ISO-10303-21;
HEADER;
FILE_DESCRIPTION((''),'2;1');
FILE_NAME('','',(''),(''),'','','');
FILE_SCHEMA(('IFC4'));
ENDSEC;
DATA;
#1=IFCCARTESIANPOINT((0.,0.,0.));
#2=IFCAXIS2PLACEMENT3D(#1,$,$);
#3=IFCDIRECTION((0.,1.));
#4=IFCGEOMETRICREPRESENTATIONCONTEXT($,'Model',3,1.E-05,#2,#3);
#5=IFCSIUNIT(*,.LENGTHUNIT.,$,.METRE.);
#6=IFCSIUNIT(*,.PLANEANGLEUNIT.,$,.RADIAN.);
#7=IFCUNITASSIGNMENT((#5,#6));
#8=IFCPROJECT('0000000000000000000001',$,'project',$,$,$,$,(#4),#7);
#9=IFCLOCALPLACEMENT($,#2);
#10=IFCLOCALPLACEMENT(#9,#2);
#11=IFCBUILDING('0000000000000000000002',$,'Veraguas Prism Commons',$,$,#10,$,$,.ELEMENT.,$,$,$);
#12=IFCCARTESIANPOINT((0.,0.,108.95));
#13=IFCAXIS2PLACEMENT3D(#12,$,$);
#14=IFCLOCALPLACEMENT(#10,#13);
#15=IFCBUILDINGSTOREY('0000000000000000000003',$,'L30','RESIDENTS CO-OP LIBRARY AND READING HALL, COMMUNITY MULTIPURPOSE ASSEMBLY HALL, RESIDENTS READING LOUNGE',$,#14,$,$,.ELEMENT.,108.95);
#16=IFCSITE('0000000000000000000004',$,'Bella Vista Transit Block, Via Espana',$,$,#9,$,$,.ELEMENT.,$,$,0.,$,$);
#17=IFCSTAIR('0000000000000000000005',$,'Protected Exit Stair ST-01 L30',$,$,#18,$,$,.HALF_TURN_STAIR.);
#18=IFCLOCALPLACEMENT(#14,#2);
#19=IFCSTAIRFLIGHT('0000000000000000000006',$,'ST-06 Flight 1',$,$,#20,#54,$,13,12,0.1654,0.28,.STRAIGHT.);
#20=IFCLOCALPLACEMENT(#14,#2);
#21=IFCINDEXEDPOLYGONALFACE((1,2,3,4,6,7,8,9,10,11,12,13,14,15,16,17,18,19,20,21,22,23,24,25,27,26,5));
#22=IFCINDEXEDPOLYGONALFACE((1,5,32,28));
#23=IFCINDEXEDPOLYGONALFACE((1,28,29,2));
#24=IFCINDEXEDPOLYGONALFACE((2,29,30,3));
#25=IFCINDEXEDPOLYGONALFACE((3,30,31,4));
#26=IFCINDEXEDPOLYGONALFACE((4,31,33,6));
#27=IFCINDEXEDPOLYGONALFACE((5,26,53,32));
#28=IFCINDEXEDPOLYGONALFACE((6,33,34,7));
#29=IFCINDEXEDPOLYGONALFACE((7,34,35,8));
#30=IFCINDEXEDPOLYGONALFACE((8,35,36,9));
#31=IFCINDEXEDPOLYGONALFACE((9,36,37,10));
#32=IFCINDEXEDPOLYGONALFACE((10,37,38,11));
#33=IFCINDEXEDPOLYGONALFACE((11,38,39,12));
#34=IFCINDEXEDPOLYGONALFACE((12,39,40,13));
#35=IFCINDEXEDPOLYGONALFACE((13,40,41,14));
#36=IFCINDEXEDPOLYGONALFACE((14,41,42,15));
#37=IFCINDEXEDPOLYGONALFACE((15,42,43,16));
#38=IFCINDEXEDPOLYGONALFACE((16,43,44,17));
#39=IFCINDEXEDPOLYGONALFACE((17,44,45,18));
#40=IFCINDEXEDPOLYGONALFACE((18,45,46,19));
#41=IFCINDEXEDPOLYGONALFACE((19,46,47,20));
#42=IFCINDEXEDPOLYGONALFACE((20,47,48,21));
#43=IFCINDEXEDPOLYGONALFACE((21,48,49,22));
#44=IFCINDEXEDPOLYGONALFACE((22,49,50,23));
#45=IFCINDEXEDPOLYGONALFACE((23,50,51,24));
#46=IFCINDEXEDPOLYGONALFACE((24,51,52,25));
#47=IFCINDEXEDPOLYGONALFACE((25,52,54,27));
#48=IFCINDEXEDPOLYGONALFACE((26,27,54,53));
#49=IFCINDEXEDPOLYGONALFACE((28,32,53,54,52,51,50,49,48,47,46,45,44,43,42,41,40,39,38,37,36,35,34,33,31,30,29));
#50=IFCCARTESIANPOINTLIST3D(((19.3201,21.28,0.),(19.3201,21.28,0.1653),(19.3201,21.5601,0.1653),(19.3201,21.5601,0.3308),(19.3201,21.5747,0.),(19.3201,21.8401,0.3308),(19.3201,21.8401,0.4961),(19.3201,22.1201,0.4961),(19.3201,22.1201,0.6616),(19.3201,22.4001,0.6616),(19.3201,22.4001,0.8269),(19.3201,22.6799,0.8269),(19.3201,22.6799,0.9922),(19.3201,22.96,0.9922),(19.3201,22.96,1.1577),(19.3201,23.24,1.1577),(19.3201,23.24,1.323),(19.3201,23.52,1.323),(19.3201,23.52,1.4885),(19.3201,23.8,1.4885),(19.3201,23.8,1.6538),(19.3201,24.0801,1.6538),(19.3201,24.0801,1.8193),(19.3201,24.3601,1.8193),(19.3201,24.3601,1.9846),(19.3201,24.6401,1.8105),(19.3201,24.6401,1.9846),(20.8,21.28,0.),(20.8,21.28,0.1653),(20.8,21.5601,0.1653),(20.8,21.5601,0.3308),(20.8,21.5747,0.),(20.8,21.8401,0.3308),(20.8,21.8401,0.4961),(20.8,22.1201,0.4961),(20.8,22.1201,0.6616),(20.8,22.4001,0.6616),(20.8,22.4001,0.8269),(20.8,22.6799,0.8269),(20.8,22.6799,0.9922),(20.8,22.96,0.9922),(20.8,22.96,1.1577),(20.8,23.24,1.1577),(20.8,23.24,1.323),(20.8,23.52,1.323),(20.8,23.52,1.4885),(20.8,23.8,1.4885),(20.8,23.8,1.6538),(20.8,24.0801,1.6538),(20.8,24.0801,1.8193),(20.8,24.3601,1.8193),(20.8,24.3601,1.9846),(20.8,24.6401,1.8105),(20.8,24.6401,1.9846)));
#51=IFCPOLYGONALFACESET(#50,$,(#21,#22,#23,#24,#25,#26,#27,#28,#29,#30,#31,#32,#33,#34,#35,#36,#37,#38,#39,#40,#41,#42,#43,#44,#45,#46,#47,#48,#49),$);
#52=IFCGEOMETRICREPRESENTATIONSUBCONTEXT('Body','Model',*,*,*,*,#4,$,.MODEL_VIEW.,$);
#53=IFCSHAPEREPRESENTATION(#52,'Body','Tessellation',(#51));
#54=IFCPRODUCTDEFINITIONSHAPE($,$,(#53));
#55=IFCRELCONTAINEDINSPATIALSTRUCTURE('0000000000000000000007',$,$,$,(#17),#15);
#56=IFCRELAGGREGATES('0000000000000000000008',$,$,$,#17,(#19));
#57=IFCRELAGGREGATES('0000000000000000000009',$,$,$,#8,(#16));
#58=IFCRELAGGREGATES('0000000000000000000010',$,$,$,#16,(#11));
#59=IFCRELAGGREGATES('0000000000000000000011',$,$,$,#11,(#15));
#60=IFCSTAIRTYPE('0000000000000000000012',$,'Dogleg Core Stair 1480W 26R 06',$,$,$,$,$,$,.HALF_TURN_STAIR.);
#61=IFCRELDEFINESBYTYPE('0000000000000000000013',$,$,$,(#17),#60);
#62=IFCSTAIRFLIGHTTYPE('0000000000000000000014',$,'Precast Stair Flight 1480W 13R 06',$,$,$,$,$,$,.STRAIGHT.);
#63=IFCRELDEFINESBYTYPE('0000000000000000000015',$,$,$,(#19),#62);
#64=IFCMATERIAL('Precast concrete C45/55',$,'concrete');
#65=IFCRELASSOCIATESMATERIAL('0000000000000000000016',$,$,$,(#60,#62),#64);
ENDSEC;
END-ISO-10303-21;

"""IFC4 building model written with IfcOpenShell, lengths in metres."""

from ifc_helpers import new_model, si_unit, direction, frame, origin, place, context, subcontext, project, spatial, polyline, outline, extrude, material, type_object, element, aggregate, save


model = new_model("IFC4")

# Units and contexts
model_context = context("Model", 3, precision=1e-05, world=origin(), true_north=direction((0.0, 1.0)))
body_context = subcontext(model_context, "Body", "Model", "MODEL_VIEW")
ifc_project = project(units=[si_unit("LENGTHUNIT", "METRE"), si_unit("PLANEANGLEUNIT", "RADIAN")], contexts=[model_context])

# Site, building, storey
site_placement = place(None, origin())
site = spatial("IfcSite", under=ifc_project, at=site_placement, Name="Bella Vista Transit Block, Via Espana", CompositionType="ELEMENT", RefElevation=0.0)
building_placement = place(site_placement, origin())
building = spatial("IfcBuilding", under=site, at=building_placement, Name="Veraguas Prism Commons", CompositionType="ELEMENT")
storey_placement = place(building_placement, frame((0.0, 0.0, 108.95)))
storey = spatial("IfcBuildingStorey", under=building, at=storey_placement, Name="L30", Description="RESIDENTS CO-OP LIBRARY AND READING HALL, COMMUNITY MULTIPURPOSE ASSEMBLY HALL, RESIDENTS READING LOUNGE", CompositionType="ELEMENT", Elevation=108.95)

# Stair, stair flight
ifc_material_1 = material(Name="Precast concrete C45/55", Category="concrete")
stair_type = type_object("IfcStairType", Name="Dogleg Core Stair 1480W 26R 06", PredefinedType="HALF_TURN_STAIR", material=ifc_material_1)
stair_placement = place(storey_placement, origin())
stair = element("IfcStair", 1, at=stair_placement, inside=storey, type_object=stair_type, Name="Protected Exit Stair ST-01 L30", PredefinedType="HALF_TURN_STAIR")
stair_flight_type = type_object("IfcStairFlightType", Name="Precast Stair Flight 1480W 13R 06", PredefinedType="STRAIGHT", material=ifc_material_1)
stair_flight_placement = place(storey_placement, frame((20.0601, 21.28, 0.0), z_axis=(0.0, 0.0, 1.0), x_axis=(0.0, 1.0, 0.0)))
stair_flight = element("IfcStairFlight", 2, at=stair_flight_placement, type_object=stair_flight_type, Name="ST-06 Flight 1", NumberOfRisers=13, NumberOfTreads=12, PredefinedType="STRAIGHT", RiserHeight=0.1654, TreadLength=0.28, context=body_context, shape_type="SweptSolid", body=[
    extrude(outline(polyline([(0.0, 0.0), (0.0, 0.1653), (0.28, 0.1653), (0.28, 0.3308), (0.5601, 0.3308), (0.5601, 0.4961), (0.8401, 0.4961), (0.8401, 0.6616), (1.1201, 0.6616), (1.1201, 0.8269), (1.3999, 0.8269), (1.3999, 0.9922), (1.6799, 0.9922), (1.6799, 1.1577), (1.96, 1.1577), (1.96, 1.323), (2.24, 1.323), (2.24, 1.4885), (2.52, 1.4885), (2.52, 1.6538), (2.8, 1.6538), (2.8, 1.8193), (3.0801, 1.8193), (3.0801, 1.9846), (3.3601, 1.9846), (3.3601, 2.1499), (3.3601, 1.8105), (0.2947, 0.0), (0.0, 0.0)])), frame((0.0, 0.74, 0.0), z_axis=(0.0, -1.0, 0.0), x_axis=(1.0, 0.0, 0.0)), (0.0, 0.0, 1.0), 1.48),
])
aggregate(stair, [stair_flight])

save(model, "model.ifc")
